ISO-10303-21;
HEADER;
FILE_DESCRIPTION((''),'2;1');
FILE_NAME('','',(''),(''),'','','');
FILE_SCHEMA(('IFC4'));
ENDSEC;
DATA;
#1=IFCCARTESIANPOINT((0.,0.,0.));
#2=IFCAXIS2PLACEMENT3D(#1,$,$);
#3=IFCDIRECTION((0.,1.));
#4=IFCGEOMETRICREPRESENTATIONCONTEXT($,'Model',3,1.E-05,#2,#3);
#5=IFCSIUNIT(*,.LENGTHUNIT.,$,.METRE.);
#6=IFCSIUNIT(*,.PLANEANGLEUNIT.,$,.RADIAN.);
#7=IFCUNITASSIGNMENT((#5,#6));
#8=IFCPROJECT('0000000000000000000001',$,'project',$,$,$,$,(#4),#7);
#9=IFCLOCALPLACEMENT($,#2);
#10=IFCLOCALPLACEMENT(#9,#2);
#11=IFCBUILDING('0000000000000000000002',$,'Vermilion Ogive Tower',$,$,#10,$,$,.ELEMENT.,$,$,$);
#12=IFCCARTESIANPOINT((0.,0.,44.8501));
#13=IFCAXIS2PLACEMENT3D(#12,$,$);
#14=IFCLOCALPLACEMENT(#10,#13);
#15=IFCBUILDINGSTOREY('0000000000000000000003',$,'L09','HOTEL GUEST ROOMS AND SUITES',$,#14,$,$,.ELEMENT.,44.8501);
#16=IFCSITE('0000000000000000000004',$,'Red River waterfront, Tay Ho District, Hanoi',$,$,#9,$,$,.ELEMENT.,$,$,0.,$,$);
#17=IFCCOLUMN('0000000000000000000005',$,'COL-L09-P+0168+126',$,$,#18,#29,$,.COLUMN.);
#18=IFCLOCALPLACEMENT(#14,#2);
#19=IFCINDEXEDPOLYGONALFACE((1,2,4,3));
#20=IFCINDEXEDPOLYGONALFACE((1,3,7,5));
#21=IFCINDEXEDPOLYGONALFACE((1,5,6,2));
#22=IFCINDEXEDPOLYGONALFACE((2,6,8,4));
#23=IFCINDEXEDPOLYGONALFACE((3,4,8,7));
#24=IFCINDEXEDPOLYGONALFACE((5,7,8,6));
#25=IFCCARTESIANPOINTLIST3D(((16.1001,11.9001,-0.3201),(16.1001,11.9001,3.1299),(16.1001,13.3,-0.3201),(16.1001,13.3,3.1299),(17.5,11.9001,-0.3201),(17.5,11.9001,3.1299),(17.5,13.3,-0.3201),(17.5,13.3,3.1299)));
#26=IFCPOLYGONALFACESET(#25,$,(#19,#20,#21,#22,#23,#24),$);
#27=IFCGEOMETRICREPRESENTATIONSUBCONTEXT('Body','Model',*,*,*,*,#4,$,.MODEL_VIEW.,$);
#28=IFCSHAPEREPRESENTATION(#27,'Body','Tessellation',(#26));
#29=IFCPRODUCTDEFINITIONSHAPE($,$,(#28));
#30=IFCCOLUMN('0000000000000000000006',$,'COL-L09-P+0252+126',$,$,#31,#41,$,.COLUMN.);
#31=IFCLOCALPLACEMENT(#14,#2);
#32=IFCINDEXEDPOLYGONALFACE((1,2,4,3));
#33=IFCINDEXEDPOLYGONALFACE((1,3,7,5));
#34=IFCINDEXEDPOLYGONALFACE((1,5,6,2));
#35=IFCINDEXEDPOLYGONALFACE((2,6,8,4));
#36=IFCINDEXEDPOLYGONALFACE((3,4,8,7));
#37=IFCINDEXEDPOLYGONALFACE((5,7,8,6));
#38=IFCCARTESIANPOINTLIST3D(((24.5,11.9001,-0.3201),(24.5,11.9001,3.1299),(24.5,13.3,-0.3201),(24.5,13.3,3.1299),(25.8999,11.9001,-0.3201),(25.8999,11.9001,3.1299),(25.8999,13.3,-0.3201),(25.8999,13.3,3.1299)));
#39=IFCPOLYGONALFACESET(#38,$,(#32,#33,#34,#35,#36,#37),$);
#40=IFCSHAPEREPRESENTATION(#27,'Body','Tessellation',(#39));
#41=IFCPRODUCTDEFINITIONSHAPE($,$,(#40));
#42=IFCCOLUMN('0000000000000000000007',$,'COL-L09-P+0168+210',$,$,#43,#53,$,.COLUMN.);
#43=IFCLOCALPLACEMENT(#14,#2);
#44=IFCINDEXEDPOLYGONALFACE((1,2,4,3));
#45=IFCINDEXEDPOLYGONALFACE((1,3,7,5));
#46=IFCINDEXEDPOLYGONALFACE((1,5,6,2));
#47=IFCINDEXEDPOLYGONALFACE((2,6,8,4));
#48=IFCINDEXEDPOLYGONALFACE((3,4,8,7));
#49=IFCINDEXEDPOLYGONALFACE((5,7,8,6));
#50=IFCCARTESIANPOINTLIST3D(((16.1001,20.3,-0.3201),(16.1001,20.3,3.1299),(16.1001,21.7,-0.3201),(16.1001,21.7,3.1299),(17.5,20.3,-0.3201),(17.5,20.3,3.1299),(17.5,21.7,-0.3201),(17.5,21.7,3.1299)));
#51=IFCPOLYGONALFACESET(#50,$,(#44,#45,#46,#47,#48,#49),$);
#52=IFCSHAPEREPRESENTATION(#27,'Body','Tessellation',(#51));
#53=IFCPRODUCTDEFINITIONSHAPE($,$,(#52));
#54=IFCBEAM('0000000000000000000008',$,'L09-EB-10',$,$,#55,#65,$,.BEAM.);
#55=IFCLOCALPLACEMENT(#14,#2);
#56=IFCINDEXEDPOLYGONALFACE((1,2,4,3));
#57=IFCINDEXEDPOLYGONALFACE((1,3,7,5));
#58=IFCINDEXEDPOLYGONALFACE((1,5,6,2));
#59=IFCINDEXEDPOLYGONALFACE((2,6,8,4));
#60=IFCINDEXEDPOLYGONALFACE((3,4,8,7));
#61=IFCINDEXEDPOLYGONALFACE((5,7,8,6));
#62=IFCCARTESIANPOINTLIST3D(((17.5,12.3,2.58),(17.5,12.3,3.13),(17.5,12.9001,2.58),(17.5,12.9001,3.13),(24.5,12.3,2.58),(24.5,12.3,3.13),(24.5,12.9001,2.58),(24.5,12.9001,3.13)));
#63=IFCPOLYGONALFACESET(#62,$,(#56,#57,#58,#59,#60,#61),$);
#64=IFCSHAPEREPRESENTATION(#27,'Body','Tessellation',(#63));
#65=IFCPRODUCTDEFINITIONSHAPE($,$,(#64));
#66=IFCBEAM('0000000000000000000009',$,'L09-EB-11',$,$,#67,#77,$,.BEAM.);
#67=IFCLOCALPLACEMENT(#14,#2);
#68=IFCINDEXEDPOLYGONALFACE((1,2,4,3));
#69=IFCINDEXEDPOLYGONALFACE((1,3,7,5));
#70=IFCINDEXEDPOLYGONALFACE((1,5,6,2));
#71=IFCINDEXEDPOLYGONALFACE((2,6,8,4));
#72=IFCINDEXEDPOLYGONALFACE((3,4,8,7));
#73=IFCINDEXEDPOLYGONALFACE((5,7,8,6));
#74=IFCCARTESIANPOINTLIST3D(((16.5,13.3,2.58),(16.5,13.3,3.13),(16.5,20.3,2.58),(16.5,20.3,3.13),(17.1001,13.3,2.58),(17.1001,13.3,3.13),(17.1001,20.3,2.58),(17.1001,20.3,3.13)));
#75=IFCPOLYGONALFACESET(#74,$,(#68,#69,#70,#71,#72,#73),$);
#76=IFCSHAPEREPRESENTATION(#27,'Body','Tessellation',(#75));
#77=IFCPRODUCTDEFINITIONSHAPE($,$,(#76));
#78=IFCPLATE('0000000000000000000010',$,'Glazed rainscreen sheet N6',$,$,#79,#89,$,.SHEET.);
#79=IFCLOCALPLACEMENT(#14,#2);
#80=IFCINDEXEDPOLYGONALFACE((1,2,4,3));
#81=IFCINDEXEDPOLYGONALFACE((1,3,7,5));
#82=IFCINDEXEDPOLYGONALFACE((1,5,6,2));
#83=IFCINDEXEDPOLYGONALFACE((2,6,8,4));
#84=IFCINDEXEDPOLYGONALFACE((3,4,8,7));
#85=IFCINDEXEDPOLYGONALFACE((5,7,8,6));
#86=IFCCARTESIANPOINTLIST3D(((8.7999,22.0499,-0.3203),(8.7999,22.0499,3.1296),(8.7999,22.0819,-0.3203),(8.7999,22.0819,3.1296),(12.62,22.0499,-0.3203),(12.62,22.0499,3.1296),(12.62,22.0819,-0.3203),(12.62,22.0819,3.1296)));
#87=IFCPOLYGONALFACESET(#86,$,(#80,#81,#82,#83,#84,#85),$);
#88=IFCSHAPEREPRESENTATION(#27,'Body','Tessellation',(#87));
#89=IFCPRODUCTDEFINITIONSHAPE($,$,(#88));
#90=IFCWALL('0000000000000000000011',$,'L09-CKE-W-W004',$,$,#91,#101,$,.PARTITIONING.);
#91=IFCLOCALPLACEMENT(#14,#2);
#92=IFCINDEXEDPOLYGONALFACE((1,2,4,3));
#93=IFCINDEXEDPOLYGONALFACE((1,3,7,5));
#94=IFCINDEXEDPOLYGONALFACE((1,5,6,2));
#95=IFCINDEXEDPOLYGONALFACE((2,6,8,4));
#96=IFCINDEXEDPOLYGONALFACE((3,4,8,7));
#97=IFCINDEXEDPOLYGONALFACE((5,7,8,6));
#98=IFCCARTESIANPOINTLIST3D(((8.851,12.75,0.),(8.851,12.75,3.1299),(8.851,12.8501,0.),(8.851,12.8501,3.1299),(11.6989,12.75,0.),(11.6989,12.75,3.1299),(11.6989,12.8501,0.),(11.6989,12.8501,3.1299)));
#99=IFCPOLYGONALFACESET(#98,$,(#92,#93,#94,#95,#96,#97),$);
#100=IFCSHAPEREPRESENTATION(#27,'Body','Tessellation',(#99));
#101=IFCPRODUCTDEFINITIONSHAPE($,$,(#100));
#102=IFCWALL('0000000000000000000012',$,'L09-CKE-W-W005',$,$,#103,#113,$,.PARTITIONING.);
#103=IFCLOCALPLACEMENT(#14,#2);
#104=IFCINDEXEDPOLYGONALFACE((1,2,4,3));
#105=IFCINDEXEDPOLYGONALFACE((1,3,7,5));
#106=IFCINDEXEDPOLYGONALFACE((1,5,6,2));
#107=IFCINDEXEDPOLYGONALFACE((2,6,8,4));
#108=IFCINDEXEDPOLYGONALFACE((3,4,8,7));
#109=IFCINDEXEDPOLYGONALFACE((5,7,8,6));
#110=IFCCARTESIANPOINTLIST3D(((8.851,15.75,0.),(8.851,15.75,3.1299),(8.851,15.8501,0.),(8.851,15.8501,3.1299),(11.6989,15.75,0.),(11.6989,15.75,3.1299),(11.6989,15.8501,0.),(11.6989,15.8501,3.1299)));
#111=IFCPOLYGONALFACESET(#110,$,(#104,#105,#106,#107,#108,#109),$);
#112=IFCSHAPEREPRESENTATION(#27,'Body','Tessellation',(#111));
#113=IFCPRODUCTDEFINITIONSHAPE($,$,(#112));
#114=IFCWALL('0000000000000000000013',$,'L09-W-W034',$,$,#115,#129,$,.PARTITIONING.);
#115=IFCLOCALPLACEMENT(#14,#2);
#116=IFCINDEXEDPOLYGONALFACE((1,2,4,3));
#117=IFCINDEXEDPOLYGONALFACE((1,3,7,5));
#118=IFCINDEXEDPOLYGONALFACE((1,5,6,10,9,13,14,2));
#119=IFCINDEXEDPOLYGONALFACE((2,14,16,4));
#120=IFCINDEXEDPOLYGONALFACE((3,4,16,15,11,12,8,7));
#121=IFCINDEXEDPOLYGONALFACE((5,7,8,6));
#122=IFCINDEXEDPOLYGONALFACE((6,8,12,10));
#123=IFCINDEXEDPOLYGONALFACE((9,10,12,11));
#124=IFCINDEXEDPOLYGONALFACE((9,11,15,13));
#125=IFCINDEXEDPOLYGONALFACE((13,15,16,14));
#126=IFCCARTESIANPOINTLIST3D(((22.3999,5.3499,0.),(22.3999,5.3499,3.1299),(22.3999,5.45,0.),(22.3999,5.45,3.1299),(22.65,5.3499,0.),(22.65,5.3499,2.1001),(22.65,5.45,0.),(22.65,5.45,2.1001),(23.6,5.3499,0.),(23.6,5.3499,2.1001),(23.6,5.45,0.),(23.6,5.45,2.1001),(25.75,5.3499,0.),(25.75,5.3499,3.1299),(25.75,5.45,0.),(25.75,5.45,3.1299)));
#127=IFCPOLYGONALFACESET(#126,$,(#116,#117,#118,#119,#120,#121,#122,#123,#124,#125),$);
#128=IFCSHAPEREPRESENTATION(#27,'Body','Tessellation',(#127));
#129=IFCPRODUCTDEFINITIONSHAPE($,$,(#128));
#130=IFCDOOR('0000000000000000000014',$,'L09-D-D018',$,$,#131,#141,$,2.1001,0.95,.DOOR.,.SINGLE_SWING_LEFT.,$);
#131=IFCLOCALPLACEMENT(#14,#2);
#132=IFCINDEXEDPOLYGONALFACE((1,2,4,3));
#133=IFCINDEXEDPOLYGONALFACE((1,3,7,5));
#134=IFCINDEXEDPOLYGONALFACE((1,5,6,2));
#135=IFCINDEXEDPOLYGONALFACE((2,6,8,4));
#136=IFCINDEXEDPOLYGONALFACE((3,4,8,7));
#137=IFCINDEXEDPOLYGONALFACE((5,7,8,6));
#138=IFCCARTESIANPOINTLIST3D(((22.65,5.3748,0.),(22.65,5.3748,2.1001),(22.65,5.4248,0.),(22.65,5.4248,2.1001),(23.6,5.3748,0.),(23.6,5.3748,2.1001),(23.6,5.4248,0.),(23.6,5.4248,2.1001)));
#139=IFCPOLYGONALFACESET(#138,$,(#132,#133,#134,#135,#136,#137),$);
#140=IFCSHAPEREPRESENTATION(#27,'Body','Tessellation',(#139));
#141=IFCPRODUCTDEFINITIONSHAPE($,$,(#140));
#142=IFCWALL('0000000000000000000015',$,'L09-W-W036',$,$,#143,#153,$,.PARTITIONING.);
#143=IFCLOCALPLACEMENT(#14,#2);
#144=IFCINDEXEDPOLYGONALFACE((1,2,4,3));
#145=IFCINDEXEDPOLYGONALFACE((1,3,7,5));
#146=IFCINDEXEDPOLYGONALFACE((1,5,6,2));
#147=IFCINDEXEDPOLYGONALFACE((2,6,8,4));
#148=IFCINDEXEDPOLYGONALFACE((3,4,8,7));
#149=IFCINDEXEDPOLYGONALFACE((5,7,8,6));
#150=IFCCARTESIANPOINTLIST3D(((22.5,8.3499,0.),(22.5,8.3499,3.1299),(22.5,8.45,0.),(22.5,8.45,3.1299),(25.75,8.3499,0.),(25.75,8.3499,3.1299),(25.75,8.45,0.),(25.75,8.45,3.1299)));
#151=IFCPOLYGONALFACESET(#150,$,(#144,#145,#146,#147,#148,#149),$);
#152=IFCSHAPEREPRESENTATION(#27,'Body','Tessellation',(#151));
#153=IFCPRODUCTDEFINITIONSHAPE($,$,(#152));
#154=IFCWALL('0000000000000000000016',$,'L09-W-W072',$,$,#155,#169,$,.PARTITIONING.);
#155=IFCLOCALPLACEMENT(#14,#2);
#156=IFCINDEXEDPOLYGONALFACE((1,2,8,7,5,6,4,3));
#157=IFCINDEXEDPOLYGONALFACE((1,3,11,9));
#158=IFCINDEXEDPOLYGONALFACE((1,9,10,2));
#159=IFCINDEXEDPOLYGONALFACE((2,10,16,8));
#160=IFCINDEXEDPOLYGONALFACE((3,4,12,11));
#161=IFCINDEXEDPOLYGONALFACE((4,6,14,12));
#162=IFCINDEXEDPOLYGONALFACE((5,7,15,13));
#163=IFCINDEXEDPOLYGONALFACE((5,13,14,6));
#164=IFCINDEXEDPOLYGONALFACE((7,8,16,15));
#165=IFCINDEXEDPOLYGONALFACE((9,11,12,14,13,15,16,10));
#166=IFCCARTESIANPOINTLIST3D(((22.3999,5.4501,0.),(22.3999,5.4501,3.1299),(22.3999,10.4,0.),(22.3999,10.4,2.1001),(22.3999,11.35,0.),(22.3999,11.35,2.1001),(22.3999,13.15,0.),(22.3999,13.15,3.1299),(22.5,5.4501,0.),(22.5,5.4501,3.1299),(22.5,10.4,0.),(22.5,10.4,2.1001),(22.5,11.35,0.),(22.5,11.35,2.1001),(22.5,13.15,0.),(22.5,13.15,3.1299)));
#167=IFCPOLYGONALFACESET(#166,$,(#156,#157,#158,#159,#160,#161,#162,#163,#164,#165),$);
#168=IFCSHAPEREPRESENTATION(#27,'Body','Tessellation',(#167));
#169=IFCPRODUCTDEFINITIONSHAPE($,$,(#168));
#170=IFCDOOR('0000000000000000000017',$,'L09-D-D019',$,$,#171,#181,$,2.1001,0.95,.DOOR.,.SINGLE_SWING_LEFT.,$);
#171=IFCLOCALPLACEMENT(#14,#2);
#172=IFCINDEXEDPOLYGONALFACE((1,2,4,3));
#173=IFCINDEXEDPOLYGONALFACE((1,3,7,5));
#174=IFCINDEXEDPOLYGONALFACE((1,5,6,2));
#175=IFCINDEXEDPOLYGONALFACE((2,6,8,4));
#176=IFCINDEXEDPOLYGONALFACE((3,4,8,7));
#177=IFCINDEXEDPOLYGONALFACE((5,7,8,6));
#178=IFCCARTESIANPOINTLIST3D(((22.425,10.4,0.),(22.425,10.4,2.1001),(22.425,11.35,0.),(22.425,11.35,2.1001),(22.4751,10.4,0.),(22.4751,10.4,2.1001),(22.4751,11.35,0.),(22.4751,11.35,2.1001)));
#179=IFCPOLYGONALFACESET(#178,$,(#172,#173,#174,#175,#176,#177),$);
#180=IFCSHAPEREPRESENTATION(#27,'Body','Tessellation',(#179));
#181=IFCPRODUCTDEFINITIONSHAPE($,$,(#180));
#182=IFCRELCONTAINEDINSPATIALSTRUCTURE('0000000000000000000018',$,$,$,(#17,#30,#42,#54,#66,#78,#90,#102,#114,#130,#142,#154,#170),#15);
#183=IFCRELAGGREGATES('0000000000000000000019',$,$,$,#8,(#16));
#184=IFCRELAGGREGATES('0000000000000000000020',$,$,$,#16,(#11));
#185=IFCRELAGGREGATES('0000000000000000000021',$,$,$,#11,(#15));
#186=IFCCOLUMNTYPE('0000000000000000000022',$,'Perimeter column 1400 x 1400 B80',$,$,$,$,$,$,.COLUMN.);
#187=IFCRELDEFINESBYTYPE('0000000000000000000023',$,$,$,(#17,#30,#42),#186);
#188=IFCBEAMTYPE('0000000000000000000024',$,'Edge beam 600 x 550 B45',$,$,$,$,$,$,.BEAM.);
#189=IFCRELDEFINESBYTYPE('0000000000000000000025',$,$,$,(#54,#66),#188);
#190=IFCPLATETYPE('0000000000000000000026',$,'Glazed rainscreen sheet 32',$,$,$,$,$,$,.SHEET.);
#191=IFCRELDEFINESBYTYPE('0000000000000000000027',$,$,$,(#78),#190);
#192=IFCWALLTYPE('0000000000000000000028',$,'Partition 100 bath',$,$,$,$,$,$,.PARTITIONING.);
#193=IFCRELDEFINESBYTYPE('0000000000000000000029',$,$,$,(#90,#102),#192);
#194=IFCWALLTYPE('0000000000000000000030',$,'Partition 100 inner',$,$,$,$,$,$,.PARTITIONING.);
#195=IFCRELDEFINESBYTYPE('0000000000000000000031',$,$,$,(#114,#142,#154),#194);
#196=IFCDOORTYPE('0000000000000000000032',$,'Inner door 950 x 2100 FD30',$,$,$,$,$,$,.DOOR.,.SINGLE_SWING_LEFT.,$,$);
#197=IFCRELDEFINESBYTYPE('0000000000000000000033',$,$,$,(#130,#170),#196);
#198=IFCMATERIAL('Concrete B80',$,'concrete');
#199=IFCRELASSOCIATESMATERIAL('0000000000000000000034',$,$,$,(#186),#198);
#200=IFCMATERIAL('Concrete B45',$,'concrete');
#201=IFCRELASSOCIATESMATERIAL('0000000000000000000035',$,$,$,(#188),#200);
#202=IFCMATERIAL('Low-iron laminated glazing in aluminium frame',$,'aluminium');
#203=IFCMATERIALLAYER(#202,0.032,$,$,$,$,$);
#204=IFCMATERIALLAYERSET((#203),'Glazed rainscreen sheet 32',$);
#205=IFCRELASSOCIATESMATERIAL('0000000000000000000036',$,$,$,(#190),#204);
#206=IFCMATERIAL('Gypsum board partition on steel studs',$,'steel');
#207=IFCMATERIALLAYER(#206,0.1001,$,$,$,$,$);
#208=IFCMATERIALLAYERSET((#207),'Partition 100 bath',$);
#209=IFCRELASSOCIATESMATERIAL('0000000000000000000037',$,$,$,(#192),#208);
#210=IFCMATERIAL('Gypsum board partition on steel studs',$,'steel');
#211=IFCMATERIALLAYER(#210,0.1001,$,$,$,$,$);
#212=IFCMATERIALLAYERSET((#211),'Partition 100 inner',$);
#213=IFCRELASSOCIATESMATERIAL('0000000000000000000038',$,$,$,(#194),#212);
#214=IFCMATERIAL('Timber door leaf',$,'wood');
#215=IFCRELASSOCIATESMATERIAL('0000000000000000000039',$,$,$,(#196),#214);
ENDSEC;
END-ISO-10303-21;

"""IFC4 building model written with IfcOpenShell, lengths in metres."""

from ifc_helpers import new_model, si_unit, direction, frame, frame_2d, origin, origin_2d, place, context, subcontext, project, spatial, rectangle, extrude, material, layer, layer_set, material_profile, profile_set, type_object, element, fill, save


model = new_model("IFC4")

# Units and contexts
model_context = context("Model", 3, precision=1e-05, world=origin(), true_north=direction((0.0, 1.0)))
body_context = subcontext(model_context, "Body", "Model", "MODEL_VIEW")
ifc_project = project(units=[si_unit("LENGTHUNIT", "METRE"), si_unit("PLANEANGLEUNIT", "RADIAN")], contexts=[model_context])

# Site, building, storey
site_placement = place(None, origin())
site = spatial("IfcSite", under=ifc_project, at=site_placement, Name="Red River waterfront, Tay Ho District, Hanoi", CompositionType="ELEMENT", RefElevation=0.0)
building_placement = place(site_placement, origin())
building = spatial("IfcBuilding", under=site, at=building_placement, Name="Vermilion Ogive Tower", CompositionType="ELEMENT")
storey_placement = place(building_placement, frame((0.0, 0.0, 44.8501)))
storey = spatial("IfcBuildingStorey", under=building, at=storey_placement, Name="L09", Description="HOTEL GUEST ROOMS AND SUITES", CompositionType="ELEMENT", Elevation=44.8501)

# Columns
ifc_material_1 = material(Name="Concrete B80", Category="concrete")
ifc_material_profile_1 = material_profile(ifc_material_1, rectangle(XDim=1.3999, YDim=1.3999, at=origin_2d()), Name="1400 x 1400")
ifc_profile_set_1 = profile_set([ifc_material_profile_1], Name="Concrete B80")
column_type = type_object("IfcColumnType", Name="Perimeter column 1400 x 1400 B80", PredefinedType="COLUMN", material=ifc_profile_set_1)
for number, where, z_axis, x_axis, name in (
    (1, (16.8, 12.6001, -0.3201), (0.0, 0.0, 1.0), (1.0, 0.0, 0.0), "COL-L09-P+0168+126"),
    (2, (25.2, 12.6001, -0.3201), (0.0, 0.0, 1.0), (1.0, 0.0, 0.0), "COL-L09-P+0252+126"),
    (3, (16.8, 21.0, -0.3201), (0.0, 0.0, 1.0), (1.0, 0.0, 0.0), "COL-L09-P+0168+210"),
):
    element("IfcColumn", number, at=place(storey_placement, frame(where, z_axis=z_axis, x_axis=x_axis)), inside=storey, type_object=column_type, Name=name, PredefinedType="COLUMN", context=body_context, shape_type="SweptSolid", body=[
        extrude(rectangle(XDim=1.3999, YDim=1.3999, at=origin_2d()), origin(), (0.0, 0.0, 1.0), 3.45),
    ])

# Beams
ifc_material_2 = material(Name="Concrete B45", Category="concrete")
ifc_material_profile_2 = material_profile(ifc_material_2, rectangle(XDim=0.6001, YDim=0.55, at=origin_2d()), Name="600 x 550")
ifc_profile_set_2 = profile_set([ifc_material_profile_2], Name="Concrete B45")
beam_type = type_object("IfcBeamType", Name="Edge beam 600 x 550 B45", PredefinedType="BEAM", material=ifc_profile_set_2)
for number, where, z_axis, x_axis, name in (
    (4, (24.5, 12.6001, 2.855), (-1.0, 0.0, 0.0), (0.0, -1.0, 0.0), "L09-EB-10"),
    (5, (16.8, 13.3, 2.855), (0.0, 1.0, 0.0), (-1.0, 0.0, 0.0), "L09-EB-11"),
):
    element("IfcBeam", number, at=place(storey_placement, frame(where, z_axis=z_axis, x_axis=x_axis)), inside=storey, type_object=beam_type, Name=name, PredefinedType="BEAM", context=body_context, shape_type="SweptSolid", body=[
        extrude(rectangle(XDim=0.6001, YDim=0.55, at=origin_2d()), origin(), (0.0, 0.0, 1.0), 7.0),
    ])

# Plate
ifc_material_3 = material(Name="Low-iron laminated glazing in aluminium frame", Category="aluminium")
ifc_layer_1 = layer(ifc_material_3, 0.032)
ifc_layer_set_1 = layer_set([ifc_layer_1], Name="Glazed rainscreen sheet 32")
plate_type = type_object("IfcPlateType", Name="Glazed rainscreen sheet 32", PredefinedType="SHEET", material=ifc_layer_set_1)
plate_placement = place(storey_placement, frame((10.71, 22.0659, -0.3203), z_axis=(0.0, 0.0, 1.0), x_axis=(1.0, 0.0, 0.0)))
element("IfcPlate", 6, at=plate_placement, inside=storey, type_object=plate_type, Name="Glazed rainscreen sheet N6", PredefinedType="SHEET", context=body_context, shape_type="SweptSolid", body=[
    extrude(rectangle(XDim=3.8201, YDim=0.032, at=origin_2d()), origin(), (0.0, 0.0, 1.0), 3.45),
])

# Walls
ifc_material_4 = material(Name="Gypsum board partition on steel studs", Category="steel")
ifc_layer_2 = layer(ifc_material_4, 0.1001)
ifc_layer_set_2 = layer_set([ifc_layer_2], Name="Partition 100 bath")
wall_type_1 = type_object("IfcWallType", Name="Partition 100 bath", PredefinedType="PARTITIONING", material=ifc_layer_set_2)
for number, where, z_axis, x_axis, name in (
    (7, (8.8511, 12.8, 0.0), (0.0, 0.0, 1.0), (1.0, 0.0, 0.0), "L09-CKE-W-W004"),
    (8, (8.8511, 15.8, 0.0), (0.0, 0.0, 1.0), (1.0, 0.0, 0.0), "L09-CKE-W-W005"),
):
    element("IfcWall", number, at=place(storey_placement, frame(where, z_axis=z_axis, x_axis=x_axis)), inside=storey, type_object=wall_type_1, Name=name, PredefinedType="PARTITIONING", context=body_context, shape_type="SweptSolid", body=[
        extrude(rectangle(XDim=2.8479, YDim=0.1001, at=frame_2d((1.4238, 0.0))), origin(), (0.0, 0.0, 1.0), 3.1299),
    ])

# Wall, opening, door
ifc_material_5 = material(Name="Gypsum board partition on steel studs", Category="steel")
ifc_layer_3 = layer(ifc_material_5, 0.1001)
ifc_layer_set_3 = layer_set([ifc_layer_3], Name="Partition 100 inner")
wall_type_2 = type_object("IfcWallType", Name="Partition 100 inner", PredefinedType="PARTITIONING", material=ifc_layer_set_3)
wall_1_placement = place(storey_placement, frame((22.3999, 5.3999, 0.0), z_axis=(0.0, 0.0, 1.0), x_axis=(1.0, 0.0, 0.0)))
wall_1 = element("IfcWall", 9, at=wall_1_placement, inside=storey, type_object=wall_type_2, Name="L09-W-W034", PredefinedType="PARTITIONING", context=body_context, shape_type="SweptSolid", body=[
    extrude(rectangle(XDim=3.3501, YDim=0.1001, at=frame_2d((1.675, 0.0))), origin(), (0.0, 0.0, 1.0), 3.1299),
])
opening_1_placement = place(wall_1_placement, frame((0.25, 0.0, 0.0)))
opening_1 = element("IfcOpeningElement", 10, at=opening_1_placement, cuts=wall_1, PredefinedType="OPENING", context=body_context, shape_type="SweptSolid", body=[
    extrude(rectangle(XDim=0.95, YDim=2.1001, at=frame_2d((0.4751, 1.05))), frame((0.0, 0.0601, 0.0), z_axis=(0.0, -1.0, 0.0), x_axis=(1.0, 0.0, 0.0)), (0.0, 0.0, 1.0), 0.1201),
])
ifc_material_6 = material(Name="Timber door leaf", Category="wood")
door_type_1 = type_object("IfcDoorType", Name="Inner door 950 x 2100 FD30", OperationType="SINGLE_SWING_LEFT", PredefinedType="DOOR", material=ifc_material_6)
door_1_placement = place(opening_1_placement, origin())
door_1 = element("IfcDoor", 11, at=door_1_placement, inside=storey, type_object=door_type_1, Name="L09-D-D018", OperationType="SINGLE_SWING_LEFT", OverallHeight=2.1001, OverallWidth=0.95, PredefinedType="DOOR", context=body_context, shape_type="SweptSolid", body=[
    extrude(rectangle(XDim=0.95, YDim=2.1001, at=frame_2d((0.4751, 1.05))), frame((0.0, 0.0249, 0.0), z_axis=(0.0, -1.0, 0.0), x_axis=(1.0, 0.0, 0.0)), (0.0, 0.0, 1.0), 0.05),
])
fill(opening_1, door_1)

# Wall
wall_2_placement = place(storey_placement, frame((22.5, 8.3999, 0.0), z_axis=(0.0, 0.0, 1.0), x_axis=(1.0, 0.0, 0.0)))
element("IfcWall", 12, at=wall_2_placement, inside=storey, type_object=wall_type_2, Name="L09-W-W036", PredefinedType="PARTITIONING", context=body_context, shape_type="SweptSolid", body=[
    extrude(rectangle(XDim=3.25, YDim=0.1001, at=frame_2d((1.625, 0.0))), origin(), (0.0, 0.0, 1.0), 3.1299),
])

# Wall, opening, door
wall_3_placement = place(storey_placement, frame((22.45, 5.45, 0.0), z_axis=(0.0, 0.0, 1.0), x_axis=(0.0, 1.0, 0.0)))
wall_3 = element("IfcWall", 13, at=wall_3_placement, inside=storey, type_object=wall_type_2, Name="L09-W-W072", PredefinedType="PARTITIONING", context=body_context, shape_type="SweptSolid", body=[
    extrude(rectangle(XDim=7.7, YDim=0.1001, at=frame_2d((3.8501, 0.0))), origin(), (0.0, 0.0, 1.0), 3.1299),
])
opening_2_placement = place(wall_3_placement, frame((4.95, 0.0, 0.0)))
opening_2 = element("IfcOpeningElement", 14, at=opening_2_placement, cuts=wall_3, PredefinedType="OPENING", context=body_context, shape_type="SweptSolid", body=[
    extrude(rectangle(XDim=0.95, YDim=2.1001, at=frame_2d((0.4751, 1.05))), frame((0.0, 0.0601, 0.0), z_axis=(0.0, -1.0, 0.0), x_axis=(1.0, 0.0, 0.0)), (0.0, 0.0, 1.0), 0.1201),
])
door_2_placement = place(opening_2_placement, origin())
door_2 = element("IfcDoor", 15, at=door_2_placement, inside=storey, type_object=door_type_1, Name="L09-D-D019", OperationType="SINGLE_SWING_LEFT", OverallHeight=2.1001, OverallWidth=0.95, PredefinedType="DOOR", context=body_context, shape_type="SweptSolid", body=[
    extrude(rectangle(XDim=0.95, YDim=2.1001, at=frame_2d((0.4751, 1.05))), frame((0.0, 0.0249, 0.0), z_axis=(0.0, -1.0, 0.0), x_axis=(1.0, 0.0, 0.0)), (0.0, 0.0, 1.0), 0.05),
])
fill(opening_2, door_2)

save(model, "model.ifc")
